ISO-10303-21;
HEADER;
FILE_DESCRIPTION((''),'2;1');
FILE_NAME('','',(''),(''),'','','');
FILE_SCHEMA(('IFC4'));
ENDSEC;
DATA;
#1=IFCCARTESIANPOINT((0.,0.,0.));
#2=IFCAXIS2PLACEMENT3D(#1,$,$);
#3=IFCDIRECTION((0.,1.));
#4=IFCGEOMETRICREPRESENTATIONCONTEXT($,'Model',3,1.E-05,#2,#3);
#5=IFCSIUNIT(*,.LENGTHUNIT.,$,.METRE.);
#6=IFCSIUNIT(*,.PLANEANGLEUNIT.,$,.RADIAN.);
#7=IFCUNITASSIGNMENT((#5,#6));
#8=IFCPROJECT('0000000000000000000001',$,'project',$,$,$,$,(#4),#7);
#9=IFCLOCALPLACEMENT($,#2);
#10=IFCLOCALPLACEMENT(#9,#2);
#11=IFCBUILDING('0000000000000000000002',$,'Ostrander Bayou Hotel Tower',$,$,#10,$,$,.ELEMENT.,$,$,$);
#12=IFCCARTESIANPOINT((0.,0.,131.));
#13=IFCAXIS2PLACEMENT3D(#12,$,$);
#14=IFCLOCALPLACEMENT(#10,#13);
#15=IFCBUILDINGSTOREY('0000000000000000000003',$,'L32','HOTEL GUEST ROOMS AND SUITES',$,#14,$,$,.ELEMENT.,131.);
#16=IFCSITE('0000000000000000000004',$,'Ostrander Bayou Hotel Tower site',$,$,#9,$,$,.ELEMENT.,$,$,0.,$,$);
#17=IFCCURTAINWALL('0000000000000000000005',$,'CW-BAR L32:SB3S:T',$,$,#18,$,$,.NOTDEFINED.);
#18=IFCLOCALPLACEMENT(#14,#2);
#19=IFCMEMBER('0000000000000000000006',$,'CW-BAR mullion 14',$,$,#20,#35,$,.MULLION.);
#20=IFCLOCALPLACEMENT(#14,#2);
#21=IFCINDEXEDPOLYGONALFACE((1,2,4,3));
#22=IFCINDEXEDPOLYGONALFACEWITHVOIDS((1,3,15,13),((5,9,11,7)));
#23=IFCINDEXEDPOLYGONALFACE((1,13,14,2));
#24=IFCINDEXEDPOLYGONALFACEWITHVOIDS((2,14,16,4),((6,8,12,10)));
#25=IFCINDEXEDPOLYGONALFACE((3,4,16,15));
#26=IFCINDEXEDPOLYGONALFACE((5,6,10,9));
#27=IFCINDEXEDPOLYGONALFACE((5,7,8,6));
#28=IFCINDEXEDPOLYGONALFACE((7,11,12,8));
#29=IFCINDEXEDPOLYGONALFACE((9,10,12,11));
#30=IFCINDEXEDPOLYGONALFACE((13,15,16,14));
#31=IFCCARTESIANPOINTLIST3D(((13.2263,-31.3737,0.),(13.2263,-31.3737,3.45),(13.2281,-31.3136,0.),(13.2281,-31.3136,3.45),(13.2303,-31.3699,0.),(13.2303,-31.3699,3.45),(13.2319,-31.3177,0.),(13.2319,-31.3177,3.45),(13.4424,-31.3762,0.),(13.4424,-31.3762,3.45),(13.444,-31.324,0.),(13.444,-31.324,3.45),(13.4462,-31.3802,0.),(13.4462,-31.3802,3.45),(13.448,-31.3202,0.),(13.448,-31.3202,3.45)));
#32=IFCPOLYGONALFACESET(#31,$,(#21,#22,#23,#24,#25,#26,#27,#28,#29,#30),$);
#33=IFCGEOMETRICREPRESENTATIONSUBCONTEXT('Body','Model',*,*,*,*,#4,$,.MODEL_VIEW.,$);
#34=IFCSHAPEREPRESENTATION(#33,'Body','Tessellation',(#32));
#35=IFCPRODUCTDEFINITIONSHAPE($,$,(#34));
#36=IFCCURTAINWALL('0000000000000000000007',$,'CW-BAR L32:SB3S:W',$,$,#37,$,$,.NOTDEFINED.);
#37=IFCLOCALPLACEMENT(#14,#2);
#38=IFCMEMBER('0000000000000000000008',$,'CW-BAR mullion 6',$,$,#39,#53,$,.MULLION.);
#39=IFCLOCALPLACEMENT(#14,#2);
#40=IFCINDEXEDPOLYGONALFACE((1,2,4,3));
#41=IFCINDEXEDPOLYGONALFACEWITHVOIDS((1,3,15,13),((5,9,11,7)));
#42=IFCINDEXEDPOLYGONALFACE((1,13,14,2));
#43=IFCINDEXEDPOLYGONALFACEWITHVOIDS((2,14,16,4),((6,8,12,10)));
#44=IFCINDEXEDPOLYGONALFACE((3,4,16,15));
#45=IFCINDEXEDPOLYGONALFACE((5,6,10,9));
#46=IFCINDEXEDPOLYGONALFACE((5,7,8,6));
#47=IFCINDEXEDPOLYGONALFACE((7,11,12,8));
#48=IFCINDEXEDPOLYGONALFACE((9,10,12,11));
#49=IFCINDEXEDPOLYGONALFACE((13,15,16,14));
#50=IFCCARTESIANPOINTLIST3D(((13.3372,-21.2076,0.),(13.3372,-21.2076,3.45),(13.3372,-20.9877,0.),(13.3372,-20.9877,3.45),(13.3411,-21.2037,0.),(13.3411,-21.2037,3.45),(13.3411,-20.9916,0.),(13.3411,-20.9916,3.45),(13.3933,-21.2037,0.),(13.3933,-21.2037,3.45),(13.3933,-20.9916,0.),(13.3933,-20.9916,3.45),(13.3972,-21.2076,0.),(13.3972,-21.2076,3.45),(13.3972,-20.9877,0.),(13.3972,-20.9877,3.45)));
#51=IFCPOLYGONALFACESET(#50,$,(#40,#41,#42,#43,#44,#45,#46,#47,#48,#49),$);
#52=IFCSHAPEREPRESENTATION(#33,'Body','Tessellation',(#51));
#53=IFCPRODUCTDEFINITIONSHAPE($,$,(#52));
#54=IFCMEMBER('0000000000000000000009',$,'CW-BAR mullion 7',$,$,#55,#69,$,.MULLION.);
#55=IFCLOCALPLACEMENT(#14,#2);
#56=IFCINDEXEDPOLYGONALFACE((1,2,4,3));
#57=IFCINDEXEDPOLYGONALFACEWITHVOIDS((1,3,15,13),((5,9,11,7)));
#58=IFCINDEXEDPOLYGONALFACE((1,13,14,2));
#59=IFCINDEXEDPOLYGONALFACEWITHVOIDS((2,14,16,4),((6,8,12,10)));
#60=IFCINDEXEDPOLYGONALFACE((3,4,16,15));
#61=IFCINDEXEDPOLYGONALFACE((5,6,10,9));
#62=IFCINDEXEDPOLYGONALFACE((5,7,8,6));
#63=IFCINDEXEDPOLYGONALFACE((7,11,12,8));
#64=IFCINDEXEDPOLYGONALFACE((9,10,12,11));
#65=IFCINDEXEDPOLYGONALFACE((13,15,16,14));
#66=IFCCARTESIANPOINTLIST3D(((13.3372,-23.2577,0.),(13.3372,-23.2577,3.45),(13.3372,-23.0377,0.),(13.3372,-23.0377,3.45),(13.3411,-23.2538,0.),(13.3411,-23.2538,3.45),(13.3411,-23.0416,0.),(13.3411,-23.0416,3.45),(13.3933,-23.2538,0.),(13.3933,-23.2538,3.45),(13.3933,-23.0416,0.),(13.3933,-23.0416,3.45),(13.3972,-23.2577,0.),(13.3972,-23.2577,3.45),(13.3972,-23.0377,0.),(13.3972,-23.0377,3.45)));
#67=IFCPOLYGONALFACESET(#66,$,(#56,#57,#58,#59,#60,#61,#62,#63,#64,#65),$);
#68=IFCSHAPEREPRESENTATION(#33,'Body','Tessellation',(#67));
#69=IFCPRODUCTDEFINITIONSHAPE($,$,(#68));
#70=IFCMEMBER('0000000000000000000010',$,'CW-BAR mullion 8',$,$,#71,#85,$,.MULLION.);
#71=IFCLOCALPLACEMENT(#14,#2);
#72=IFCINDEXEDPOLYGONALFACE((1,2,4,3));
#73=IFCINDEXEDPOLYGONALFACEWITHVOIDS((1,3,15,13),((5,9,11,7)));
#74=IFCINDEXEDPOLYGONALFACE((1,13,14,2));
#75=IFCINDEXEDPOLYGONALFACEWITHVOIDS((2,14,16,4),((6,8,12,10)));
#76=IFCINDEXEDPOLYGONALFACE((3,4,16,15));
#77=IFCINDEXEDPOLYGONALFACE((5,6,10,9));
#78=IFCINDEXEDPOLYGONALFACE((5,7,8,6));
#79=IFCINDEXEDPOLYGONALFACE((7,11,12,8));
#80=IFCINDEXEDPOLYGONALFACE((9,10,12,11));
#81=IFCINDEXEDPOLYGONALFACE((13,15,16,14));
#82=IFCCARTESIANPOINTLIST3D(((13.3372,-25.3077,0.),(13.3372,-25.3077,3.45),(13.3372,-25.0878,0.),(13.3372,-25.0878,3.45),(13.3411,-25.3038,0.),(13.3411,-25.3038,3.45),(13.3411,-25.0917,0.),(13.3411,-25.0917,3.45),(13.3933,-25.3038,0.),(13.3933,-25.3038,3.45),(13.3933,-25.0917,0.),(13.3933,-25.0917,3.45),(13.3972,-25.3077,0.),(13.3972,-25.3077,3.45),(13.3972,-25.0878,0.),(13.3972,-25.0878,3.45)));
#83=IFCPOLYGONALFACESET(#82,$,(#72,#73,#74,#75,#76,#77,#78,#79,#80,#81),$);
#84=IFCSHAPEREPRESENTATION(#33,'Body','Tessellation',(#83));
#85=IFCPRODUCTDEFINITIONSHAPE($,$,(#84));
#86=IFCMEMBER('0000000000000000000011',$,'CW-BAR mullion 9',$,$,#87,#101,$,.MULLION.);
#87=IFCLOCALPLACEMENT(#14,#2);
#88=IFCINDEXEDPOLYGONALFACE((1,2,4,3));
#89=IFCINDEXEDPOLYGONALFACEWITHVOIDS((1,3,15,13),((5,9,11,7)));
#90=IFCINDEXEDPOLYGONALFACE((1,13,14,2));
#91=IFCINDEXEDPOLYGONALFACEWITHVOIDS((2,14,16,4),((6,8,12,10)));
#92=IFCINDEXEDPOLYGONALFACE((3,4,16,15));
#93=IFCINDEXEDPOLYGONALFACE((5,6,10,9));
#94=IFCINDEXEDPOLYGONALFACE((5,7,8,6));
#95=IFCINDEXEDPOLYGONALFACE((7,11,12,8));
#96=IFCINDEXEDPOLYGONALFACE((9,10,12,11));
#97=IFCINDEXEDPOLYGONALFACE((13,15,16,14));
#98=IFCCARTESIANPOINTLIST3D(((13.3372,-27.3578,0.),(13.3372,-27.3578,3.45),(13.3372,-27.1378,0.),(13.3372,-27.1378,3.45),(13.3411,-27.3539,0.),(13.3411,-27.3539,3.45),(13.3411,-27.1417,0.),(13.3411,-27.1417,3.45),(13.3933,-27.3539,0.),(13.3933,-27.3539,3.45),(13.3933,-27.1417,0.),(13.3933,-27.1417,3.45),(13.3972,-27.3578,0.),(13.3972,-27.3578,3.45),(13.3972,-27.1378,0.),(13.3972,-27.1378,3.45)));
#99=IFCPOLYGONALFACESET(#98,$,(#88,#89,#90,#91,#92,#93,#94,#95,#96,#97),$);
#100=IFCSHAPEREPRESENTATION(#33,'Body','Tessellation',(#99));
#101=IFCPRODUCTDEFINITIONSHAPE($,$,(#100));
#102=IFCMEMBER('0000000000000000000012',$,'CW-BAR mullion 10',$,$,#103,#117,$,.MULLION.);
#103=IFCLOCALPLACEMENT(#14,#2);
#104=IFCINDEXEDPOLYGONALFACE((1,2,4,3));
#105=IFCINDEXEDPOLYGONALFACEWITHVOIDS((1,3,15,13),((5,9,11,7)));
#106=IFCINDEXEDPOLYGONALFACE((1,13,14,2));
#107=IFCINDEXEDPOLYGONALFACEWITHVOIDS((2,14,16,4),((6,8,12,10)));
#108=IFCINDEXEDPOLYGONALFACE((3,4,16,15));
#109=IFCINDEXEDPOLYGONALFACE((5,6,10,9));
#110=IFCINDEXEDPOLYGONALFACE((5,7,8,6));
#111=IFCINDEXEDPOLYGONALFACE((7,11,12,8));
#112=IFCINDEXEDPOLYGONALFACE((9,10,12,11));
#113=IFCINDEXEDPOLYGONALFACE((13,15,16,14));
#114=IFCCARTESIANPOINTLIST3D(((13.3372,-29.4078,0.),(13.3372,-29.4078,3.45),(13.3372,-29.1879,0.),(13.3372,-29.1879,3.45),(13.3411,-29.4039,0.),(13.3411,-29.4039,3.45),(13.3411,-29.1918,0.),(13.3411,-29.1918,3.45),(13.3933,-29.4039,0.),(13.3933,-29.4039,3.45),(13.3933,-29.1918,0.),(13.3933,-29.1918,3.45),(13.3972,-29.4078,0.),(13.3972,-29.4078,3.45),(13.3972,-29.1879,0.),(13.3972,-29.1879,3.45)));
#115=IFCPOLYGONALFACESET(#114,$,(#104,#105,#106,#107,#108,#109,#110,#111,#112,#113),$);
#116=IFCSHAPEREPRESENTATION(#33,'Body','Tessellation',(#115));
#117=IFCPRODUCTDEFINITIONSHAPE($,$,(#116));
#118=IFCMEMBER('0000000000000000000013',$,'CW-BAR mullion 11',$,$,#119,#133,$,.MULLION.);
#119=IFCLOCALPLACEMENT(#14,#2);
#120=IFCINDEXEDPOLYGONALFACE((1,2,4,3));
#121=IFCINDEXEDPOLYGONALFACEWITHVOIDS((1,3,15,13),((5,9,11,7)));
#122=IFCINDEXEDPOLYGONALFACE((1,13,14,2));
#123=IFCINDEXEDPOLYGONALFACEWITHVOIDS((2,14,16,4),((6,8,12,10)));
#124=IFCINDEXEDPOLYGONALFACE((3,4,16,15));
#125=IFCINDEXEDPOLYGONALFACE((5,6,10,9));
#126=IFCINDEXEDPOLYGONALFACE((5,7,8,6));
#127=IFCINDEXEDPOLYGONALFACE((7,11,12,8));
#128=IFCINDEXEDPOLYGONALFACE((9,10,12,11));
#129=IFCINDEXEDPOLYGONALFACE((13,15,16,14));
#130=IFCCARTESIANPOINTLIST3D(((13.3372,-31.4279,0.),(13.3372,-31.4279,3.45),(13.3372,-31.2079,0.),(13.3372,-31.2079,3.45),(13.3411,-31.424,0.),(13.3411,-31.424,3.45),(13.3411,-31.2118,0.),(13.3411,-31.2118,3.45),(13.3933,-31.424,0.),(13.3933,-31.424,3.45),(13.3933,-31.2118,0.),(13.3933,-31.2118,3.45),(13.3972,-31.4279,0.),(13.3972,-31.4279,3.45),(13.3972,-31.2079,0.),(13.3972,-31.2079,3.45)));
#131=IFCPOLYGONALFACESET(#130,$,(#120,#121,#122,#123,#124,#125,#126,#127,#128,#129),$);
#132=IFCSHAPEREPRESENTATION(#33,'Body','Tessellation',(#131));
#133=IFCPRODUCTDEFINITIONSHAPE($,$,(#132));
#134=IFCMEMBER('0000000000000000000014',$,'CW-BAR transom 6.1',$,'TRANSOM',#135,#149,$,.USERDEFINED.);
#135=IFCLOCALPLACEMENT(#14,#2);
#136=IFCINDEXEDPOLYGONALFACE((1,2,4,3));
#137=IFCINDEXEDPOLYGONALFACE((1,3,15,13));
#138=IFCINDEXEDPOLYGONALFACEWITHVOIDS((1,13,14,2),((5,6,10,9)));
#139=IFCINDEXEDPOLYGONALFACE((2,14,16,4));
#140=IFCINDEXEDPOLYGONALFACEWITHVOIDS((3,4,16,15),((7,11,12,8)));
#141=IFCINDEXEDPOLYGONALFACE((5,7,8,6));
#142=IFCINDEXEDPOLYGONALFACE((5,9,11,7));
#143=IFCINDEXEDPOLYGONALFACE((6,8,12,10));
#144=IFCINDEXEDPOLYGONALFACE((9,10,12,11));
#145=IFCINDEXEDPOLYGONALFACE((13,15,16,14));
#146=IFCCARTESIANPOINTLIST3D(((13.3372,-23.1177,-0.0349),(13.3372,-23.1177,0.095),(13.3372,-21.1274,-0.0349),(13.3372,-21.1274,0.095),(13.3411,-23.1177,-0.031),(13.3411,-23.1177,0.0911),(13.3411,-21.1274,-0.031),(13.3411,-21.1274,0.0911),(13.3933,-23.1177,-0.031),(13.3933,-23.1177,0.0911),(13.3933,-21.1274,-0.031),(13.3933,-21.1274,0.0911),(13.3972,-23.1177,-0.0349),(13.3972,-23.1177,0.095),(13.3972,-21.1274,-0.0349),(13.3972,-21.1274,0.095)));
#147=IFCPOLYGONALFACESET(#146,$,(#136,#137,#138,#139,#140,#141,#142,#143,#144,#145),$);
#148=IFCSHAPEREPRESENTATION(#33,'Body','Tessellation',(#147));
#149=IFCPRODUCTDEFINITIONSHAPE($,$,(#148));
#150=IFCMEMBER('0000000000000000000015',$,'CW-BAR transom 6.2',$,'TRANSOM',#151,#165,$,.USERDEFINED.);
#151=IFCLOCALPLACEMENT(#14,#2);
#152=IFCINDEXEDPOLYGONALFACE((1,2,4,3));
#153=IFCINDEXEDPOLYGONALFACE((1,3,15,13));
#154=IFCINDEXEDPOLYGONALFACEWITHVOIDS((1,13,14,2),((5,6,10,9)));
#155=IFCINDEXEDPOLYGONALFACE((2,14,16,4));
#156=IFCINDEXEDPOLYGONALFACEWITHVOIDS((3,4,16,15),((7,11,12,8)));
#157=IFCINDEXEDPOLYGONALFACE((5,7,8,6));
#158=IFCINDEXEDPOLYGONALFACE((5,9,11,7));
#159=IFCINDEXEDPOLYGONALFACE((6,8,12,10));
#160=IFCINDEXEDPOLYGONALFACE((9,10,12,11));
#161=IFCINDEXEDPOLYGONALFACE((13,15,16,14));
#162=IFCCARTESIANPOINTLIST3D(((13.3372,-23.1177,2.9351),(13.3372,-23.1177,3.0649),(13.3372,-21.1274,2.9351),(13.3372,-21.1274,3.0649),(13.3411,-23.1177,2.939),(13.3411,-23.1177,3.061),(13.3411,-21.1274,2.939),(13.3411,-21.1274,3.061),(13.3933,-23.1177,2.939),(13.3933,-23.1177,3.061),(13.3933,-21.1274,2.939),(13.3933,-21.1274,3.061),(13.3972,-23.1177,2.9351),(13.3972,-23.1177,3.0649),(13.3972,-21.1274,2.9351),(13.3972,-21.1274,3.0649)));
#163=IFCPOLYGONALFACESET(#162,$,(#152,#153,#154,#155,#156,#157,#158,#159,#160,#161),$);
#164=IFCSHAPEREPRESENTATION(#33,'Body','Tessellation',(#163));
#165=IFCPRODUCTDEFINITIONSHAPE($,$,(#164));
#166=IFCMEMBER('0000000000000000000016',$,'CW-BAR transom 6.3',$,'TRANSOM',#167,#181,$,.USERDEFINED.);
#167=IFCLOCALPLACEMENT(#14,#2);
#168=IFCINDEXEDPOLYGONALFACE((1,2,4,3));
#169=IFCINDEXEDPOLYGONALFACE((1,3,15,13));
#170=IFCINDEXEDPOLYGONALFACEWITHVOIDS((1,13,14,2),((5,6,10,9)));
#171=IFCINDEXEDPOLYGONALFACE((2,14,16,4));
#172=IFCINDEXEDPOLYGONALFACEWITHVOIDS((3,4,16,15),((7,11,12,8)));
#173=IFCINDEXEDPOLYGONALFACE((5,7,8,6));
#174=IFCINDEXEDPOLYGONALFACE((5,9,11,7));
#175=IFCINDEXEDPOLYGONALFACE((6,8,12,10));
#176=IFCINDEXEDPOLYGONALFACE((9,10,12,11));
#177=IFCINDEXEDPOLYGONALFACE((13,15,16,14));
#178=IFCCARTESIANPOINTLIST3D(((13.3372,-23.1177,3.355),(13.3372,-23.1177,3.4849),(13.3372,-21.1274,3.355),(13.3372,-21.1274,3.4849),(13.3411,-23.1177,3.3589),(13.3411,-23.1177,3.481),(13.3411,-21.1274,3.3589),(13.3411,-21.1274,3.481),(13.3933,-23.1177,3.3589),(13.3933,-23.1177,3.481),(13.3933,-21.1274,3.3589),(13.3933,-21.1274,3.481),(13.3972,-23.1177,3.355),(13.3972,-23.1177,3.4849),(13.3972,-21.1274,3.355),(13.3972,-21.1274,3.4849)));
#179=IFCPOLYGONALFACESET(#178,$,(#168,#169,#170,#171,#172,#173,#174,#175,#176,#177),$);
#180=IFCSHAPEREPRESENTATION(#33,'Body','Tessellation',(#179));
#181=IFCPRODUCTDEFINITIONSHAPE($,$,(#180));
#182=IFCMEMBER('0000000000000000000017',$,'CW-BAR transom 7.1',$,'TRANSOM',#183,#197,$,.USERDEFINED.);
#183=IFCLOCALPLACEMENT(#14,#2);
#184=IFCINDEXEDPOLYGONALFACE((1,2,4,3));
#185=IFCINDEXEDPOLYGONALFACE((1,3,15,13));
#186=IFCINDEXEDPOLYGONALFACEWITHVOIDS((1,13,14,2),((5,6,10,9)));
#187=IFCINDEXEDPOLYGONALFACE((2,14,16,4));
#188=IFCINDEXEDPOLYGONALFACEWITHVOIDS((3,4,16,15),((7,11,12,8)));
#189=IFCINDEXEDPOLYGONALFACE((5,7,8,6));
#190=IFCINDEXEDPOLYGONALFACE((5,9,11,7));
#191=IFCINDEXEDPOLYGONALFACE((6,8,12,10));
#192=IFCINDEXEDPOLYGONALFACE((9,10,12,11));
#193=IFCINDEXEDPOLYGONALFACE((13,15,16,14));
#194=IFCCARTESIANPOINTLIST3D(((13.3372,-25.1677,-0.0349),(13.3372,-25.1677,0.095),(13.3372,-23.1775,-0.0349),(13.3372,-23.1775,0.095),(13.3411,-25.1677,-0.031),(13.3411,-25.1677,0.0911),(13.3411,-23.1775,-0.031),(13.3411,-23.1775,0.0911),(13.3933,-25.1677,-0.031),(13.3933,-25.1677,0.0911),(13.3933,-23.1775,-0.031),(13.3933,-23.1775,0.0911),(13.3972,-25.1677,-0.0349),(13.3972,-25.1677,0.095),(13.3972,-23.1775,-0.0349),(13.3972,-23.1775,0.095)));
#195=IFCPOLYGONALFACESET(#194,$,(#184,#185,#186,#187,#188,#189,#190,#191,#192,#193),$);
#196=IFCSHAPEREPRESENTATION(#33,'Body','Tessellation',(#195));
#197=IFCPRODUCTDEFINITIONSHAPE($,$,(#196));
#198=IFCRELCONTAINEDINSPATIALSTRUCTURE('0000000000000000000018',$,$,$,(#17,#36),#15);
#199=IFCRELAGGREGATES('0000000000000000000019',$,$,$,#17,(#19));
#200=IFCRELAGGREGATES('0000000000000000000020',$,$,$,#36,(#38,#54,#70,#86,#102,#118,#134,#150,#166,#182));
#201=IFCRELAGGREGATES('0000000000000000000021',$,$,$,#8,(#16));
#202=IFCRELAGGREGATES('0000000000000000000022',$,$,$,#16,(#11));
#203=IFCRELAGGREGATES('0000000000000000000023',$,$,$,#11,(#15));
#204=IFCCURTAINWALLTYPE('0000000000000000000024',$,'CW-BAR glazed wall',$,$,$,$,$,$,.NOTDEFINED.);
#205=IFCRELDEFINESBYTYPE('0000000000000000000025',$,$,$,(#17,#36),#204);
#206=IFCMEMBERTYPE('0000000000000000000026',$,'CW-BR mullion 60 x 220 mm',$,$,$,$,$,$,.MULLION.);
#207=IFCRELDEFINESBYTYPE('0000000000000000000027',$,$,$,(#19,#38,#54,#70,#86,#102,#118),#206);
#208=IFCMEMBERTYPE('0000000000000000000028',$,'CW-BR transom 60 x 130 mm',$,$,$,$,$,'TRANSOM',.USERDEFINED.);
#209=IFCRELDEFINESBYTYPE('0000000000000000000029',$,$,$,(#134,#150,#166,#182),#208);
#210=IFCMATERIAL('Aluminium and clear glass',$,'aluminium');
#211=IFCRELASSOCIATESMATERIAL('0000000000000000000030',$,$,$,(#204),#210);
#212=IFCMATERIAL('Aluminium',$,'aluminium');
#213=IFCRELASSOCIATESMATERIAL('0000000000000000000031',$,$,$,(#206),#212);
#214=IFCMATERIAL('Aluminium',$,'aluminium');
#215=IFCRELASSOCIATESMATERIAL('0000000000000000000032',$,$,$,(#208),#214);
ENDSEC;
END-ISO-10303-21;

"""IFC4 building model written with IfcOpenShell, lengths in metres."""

from ifc_helpers import new_model, si_unit, direction, frame, origin, origin_2d, place, context, subcontext, project, spatial, hollow_rectangle, extrude, material, material_profile, profile_set, type_object, element, aggregate, save


model = new_model("IFC4")

# Units and contexts
model_context = context("Model", 3, precision=1e-05, world=origin(), true_north=direction((0.0, 1.0)))
body_context = subcontext(model_context, "Body", "Model", "MODEL_VIEW")
ifc_project = project(units=[si_unit("LENGTHUNIT", "METRE"), si_unit("PLANEANGLEUNIT", "RADIAN")], contexts=[model_context])

# Site, building, storey
site_placement = place(None, origin())
site = spatial("IfcSite", under=ifc_project, at=site_placement, Name="Ostrander Bayou Hotel Tower site", CompositionType="ELEMENT", RefElevation=0.0)
building_placement = place(site_placement, origin())
building = spatial("IfcBuilding", under=site, at=building_placement, Name="Ostrander Bayou Hotel Tower", CompositionType="ELEMENT")
storey_placement = place(building_placement, frame((0.0, 0.0, 131.0)))
storey = spatial("IfcBuildingStorey", under=building, at=storey_placement, Name="L32", Description="HOTEL GUEST ROOMS AND SUITES", CompositionType="ELEMENT", Elevation=131.0)

# Curtain wall, member
ifc_material_1 = material(Name="Aluminium and clear glass", Category="aluminium")
curtain_wall_type = type_object("IfcCurtainWallType", Name="CW-BAR glazed wall", PredefinedType="NOTDEFINED", material=ifc_material_1)
curtain_wall_1_placement = place(storey_placement, origin())
curtain_wall_1 = element("IfcCurtainWall", 1, at=curtain_wall_1_placement, inside=storey, type_object=curtain_wall_type, Name="CW-BAR L32:SB3S:T", PredefinedType="NOTDEFINED")
ifc_material_2 = material(Name="Aluminium", Category="aluminium")
ifc_material_profile_1 = material_profile(ifc_material_2, hollow_rectangle(XDim=0.0601, YDim=0.22, WallThickness=0.0039, at=origin_2d()))
ifc_profile_set_1 = profile_set([ifc_material_profile_1], Name="Aluminium")
member_type_1 = type_object("IfcMemberType", Name="CW-BR mullion 60 x 220 mm", PredefinedType="MULLION", material=ifc_profile_set_1)
member_1_placement = place(storey_placement, frame((13.3372, -31.3469, 0.0), z_axis=(0.0, 0.0, 1.0), x_axis=(0.029746, 0.999557, 0.0)))
member_1 = element("IfcMember", 2, at=member_1_placement, type_object=member_type_1, Name="CW-BAR mullion 14", PredefinedType="MULLION", context=body_context, shape_type="SweptSolid", body=[
    extrude(hollow_rectangle(XDim=0.0601, YDim=0.22, WallThickness=0.0039, at=origin_2d()), origin(), (0.0, 0.0, 1.0), 3.45),
])

# Curtain wall, members
curtain_wall_2_placement = place(storey_placement, origin())
curtain_wall_2 = element("IfcCurtainWall", 3, at=curtain_wall_2_placement, inside=storey, type_object=curtain_wall_type, Name="CW-BAR L32:SB3S:W", PredefinedType="NOTDEFINED")
member_2_placement = place(storey_placement, frame((13.3672, -21.0977, 0.0), z_axis=(0.0, 0.0, 1.0), x_axis=(1.0, 0.0, 0.0)))
member_2 = element("IfcMember", 4, at=member_2_placement, type_object=member_type_1, Name="CW-BAR mullion 6", PredefinedType="MULLION", context=body_context, shape_type="SweptSolid", body=[
    extrude(hollow_rectangle(XDim=0.0601, YDim=0.22, WallThickness=0.0039, at=origin_2d()), origin(), (0.0, 0.0, 1.0), 3.45),
])
member_3_placement = place(storey_placement, frame((13.3672, -23.1477, 0.0), z_axis=(0.0, 0.0, 1.0), x_axis=(1.0, 0.0, 0.0)))
member_3 = element("IfcMember", 5, at=member_3_placement, type_object=member_type_1, Name="CW-BAR mullion 7", PredefinedType="MULLION", context=body_context, shape_type="SweptSolid", body=[
    extrude(hollow_rectangle(XDim=0.0601, YDim=0.22, WallThickness=0.0039, at=origin_2d()), origin(), (0.0, 0.0, 1.0), 3.45),
])
member_4_placement = place(storey_placement, frame((13.3672, -25.1978, 0.0), z_axis=(0.0, 0.0, 1.0), x_axis=(1.0, 0.0, 0.0)))
member_4 = element("IfcMember", 6, at=member_4_placement, type_object=member_type_1, Name="CW-BAR mullion 8", PredefinedType="MULLION", context=body_context, shape_type="SweptSolid", body=[
    extrude(hollow_rectangle(XDim=0.0601, YDim=0.22, WallThickness=0.0039, at=origin_2d()), origin(), (0.0, 0.0, 1.0), 3.45),
])
member_5_placement = place(storey_placement, frame((13.3672, -27.2478, 0.0), z_axis=(0.0, 0.0, 1.0), x_axis=(1.0, 0.0, 0.0)))
member_5 = element("IfcMember", 7, at=member_5_placement, type_object=member_type_1, Name="CW-BAR mullion 9", PredefinedType="MULLION", context=body_context, shape_type="SweptSolid", body=[
    extrude(hollow_rectangle(XDim=0.0601, YDim=0.22, WallThickness=0.0039, at=origin_2d()), origin(), (0.0, 0.0, 1.0), 3.45),
])
member_6_placement = place(storey_placement, frame((13.3672, -29.2979, 0.0), z_axis=(0.0, 0.0, 1.0), x_axis=(1.0, 0.0, 0.0)))
member_6 = element("IfcMember", 8, at=member_6_placement, type_object=member_type_1, Name="CW-BAR mullion 10", PredefinedType="MULLION", context=body_context, shape_type="SweptSolid", body=[
    extrude(hollow_rectangle(XDim=0.0601, YDim=0.22, WallThickness=0.0039, at=origin_2d()), origin(), (0.0, 0.0, 1.0), 3.45),
])
member_7_placement = place(storey_placement, frame((13.3672, -31.3179, 0.0), z_axis=(0.0, 0.0, 1.0), x_axis=(1.0, 0.0, 0.0)))
member_7 = element("IfcMember", 9, at=member_7_placement, type_object=member_type_1, Name="CW-BAR mullion 11", PredefinedType="MULLION", context=body_context, shape_type="SweptSolid", body=[
    extrude(hollow_rectangle(XDim=0.0601, YDim=0.22, WallThickness=0.0039, at=origin_2d()), origin(), (0.0, 0.0, 1.0), 3.45),
])
ifc_material_3 = material(Name="Aluminium", Category="aluminium")
ifc_material_profile_2 = material_profile(ifc_material_3, hollow_rectangle(XDim=0.0601, YDim=0.1299, WallThickness=0.0039, at=origin_2d()))
ifc_profile_set_2 = profile_set([ifc_material_profile_2], Name="Aluminium")
member_type_2 = type_object("IfcMemberType", Name="CW-BR transom 60 x 130 mm", ElementType="TRANSOM", PredefinedType="USERDEFINED", material=ifc_profile_set_2)
member_8_placement = place(storey_placement, frame((13.3672, -21.1274, 0.03), z_axis=(0.0, -1.0, 0.0), x_axis=(1.0, 0.0, 0.0)))
member_8 = element("IfcMember", 10, at=member_8_placement, type_object=member_type_2, Name="CW-BAR transom 6.1", ObjectType="TRANSOM", PredefinedType="USERDEFINED", context=body_context, shape_type="SweptSolid", body=[
    extrude(hollow_rectangle(XDim=0.0601, YDim=0.1299, WallThickness=0.0039, at=origin_2d()), origin(), (0.0, 0.0, 1.0), 1.9902),
])
member_9_placement = place(storey_placement, frame((13.3672, -21.1274, 3.0), z_axis=(0.0, -1.0, 0.0), x_axis=(1.0, 0.0, 0.0)))
member_9 = element("IfcMember", 11, at=member_9_placement, type_object=member_type_2, Name="CW-BAR transom 6.2", ObjectType="TRANSOM", PredefinedType="USERDEFINED", context=body_context, shape_type="SweptSolid", body=[
    extrude(hollow_rectangle(XDim=0.0601, YDim=0.1299, WallThickness=0.0039, at=origin_2d()), origin(), (0.0, 0.0, 1.0), 1.9902),
])
member_10_placement = place(storey_placement, frame((13.3672, -21.1274, 3.4199), z_axis=(0.0, -1.0, 0.0), x_axis=(1.0, 0.0, 0.0)))
member_10 = element("IfcMember", 12, at=member_10_placement, type_object=member_type_2, Name="CW-BAR transom 6.3", ObjectType="TRANSOM", PredefinedType="USERDEFINED", context=body_context, shape_type="SweptSolid", body=[
    extrude(hollow_rectangle(XDim=0.0601, YDim=0.1299, WallThickness=0.0039, at=origin_2d()), origin(), (0.0, 0.0, 1.0), 1.9902),
])
member_11_placement = place(storey_placement, frame((13.3672, -23.1775, 0.03), z_axis=(0.0, -1.0, 0.0), x_axis=(1.0, 0.0, 0.0)))
member_11 = element("IfcMember", 13, at=member_11_placement, type_object=member_type_2, Name="CW-BAR transom 7.1", ObjectType="TRANSOM", PredefinedType="USERDEFINED", context=body_context, shape_type="SweptSolid", body=[
    extrude(hollow_rectangle(XDim=0.0601, YDim=0.1299, WallThickness=0.0039, at=origin_2d()), origin(), (0.0, 0.0, 1.0), 1.9902),
])

aggregate(curtain_wall_1, [member_1])
aggregate(curtain_wall_2, [member_2, member_3, member_4, member_5, member_6, member_7, member_8, member_9, member_10, member_11])

save(model, "model.ifc")
